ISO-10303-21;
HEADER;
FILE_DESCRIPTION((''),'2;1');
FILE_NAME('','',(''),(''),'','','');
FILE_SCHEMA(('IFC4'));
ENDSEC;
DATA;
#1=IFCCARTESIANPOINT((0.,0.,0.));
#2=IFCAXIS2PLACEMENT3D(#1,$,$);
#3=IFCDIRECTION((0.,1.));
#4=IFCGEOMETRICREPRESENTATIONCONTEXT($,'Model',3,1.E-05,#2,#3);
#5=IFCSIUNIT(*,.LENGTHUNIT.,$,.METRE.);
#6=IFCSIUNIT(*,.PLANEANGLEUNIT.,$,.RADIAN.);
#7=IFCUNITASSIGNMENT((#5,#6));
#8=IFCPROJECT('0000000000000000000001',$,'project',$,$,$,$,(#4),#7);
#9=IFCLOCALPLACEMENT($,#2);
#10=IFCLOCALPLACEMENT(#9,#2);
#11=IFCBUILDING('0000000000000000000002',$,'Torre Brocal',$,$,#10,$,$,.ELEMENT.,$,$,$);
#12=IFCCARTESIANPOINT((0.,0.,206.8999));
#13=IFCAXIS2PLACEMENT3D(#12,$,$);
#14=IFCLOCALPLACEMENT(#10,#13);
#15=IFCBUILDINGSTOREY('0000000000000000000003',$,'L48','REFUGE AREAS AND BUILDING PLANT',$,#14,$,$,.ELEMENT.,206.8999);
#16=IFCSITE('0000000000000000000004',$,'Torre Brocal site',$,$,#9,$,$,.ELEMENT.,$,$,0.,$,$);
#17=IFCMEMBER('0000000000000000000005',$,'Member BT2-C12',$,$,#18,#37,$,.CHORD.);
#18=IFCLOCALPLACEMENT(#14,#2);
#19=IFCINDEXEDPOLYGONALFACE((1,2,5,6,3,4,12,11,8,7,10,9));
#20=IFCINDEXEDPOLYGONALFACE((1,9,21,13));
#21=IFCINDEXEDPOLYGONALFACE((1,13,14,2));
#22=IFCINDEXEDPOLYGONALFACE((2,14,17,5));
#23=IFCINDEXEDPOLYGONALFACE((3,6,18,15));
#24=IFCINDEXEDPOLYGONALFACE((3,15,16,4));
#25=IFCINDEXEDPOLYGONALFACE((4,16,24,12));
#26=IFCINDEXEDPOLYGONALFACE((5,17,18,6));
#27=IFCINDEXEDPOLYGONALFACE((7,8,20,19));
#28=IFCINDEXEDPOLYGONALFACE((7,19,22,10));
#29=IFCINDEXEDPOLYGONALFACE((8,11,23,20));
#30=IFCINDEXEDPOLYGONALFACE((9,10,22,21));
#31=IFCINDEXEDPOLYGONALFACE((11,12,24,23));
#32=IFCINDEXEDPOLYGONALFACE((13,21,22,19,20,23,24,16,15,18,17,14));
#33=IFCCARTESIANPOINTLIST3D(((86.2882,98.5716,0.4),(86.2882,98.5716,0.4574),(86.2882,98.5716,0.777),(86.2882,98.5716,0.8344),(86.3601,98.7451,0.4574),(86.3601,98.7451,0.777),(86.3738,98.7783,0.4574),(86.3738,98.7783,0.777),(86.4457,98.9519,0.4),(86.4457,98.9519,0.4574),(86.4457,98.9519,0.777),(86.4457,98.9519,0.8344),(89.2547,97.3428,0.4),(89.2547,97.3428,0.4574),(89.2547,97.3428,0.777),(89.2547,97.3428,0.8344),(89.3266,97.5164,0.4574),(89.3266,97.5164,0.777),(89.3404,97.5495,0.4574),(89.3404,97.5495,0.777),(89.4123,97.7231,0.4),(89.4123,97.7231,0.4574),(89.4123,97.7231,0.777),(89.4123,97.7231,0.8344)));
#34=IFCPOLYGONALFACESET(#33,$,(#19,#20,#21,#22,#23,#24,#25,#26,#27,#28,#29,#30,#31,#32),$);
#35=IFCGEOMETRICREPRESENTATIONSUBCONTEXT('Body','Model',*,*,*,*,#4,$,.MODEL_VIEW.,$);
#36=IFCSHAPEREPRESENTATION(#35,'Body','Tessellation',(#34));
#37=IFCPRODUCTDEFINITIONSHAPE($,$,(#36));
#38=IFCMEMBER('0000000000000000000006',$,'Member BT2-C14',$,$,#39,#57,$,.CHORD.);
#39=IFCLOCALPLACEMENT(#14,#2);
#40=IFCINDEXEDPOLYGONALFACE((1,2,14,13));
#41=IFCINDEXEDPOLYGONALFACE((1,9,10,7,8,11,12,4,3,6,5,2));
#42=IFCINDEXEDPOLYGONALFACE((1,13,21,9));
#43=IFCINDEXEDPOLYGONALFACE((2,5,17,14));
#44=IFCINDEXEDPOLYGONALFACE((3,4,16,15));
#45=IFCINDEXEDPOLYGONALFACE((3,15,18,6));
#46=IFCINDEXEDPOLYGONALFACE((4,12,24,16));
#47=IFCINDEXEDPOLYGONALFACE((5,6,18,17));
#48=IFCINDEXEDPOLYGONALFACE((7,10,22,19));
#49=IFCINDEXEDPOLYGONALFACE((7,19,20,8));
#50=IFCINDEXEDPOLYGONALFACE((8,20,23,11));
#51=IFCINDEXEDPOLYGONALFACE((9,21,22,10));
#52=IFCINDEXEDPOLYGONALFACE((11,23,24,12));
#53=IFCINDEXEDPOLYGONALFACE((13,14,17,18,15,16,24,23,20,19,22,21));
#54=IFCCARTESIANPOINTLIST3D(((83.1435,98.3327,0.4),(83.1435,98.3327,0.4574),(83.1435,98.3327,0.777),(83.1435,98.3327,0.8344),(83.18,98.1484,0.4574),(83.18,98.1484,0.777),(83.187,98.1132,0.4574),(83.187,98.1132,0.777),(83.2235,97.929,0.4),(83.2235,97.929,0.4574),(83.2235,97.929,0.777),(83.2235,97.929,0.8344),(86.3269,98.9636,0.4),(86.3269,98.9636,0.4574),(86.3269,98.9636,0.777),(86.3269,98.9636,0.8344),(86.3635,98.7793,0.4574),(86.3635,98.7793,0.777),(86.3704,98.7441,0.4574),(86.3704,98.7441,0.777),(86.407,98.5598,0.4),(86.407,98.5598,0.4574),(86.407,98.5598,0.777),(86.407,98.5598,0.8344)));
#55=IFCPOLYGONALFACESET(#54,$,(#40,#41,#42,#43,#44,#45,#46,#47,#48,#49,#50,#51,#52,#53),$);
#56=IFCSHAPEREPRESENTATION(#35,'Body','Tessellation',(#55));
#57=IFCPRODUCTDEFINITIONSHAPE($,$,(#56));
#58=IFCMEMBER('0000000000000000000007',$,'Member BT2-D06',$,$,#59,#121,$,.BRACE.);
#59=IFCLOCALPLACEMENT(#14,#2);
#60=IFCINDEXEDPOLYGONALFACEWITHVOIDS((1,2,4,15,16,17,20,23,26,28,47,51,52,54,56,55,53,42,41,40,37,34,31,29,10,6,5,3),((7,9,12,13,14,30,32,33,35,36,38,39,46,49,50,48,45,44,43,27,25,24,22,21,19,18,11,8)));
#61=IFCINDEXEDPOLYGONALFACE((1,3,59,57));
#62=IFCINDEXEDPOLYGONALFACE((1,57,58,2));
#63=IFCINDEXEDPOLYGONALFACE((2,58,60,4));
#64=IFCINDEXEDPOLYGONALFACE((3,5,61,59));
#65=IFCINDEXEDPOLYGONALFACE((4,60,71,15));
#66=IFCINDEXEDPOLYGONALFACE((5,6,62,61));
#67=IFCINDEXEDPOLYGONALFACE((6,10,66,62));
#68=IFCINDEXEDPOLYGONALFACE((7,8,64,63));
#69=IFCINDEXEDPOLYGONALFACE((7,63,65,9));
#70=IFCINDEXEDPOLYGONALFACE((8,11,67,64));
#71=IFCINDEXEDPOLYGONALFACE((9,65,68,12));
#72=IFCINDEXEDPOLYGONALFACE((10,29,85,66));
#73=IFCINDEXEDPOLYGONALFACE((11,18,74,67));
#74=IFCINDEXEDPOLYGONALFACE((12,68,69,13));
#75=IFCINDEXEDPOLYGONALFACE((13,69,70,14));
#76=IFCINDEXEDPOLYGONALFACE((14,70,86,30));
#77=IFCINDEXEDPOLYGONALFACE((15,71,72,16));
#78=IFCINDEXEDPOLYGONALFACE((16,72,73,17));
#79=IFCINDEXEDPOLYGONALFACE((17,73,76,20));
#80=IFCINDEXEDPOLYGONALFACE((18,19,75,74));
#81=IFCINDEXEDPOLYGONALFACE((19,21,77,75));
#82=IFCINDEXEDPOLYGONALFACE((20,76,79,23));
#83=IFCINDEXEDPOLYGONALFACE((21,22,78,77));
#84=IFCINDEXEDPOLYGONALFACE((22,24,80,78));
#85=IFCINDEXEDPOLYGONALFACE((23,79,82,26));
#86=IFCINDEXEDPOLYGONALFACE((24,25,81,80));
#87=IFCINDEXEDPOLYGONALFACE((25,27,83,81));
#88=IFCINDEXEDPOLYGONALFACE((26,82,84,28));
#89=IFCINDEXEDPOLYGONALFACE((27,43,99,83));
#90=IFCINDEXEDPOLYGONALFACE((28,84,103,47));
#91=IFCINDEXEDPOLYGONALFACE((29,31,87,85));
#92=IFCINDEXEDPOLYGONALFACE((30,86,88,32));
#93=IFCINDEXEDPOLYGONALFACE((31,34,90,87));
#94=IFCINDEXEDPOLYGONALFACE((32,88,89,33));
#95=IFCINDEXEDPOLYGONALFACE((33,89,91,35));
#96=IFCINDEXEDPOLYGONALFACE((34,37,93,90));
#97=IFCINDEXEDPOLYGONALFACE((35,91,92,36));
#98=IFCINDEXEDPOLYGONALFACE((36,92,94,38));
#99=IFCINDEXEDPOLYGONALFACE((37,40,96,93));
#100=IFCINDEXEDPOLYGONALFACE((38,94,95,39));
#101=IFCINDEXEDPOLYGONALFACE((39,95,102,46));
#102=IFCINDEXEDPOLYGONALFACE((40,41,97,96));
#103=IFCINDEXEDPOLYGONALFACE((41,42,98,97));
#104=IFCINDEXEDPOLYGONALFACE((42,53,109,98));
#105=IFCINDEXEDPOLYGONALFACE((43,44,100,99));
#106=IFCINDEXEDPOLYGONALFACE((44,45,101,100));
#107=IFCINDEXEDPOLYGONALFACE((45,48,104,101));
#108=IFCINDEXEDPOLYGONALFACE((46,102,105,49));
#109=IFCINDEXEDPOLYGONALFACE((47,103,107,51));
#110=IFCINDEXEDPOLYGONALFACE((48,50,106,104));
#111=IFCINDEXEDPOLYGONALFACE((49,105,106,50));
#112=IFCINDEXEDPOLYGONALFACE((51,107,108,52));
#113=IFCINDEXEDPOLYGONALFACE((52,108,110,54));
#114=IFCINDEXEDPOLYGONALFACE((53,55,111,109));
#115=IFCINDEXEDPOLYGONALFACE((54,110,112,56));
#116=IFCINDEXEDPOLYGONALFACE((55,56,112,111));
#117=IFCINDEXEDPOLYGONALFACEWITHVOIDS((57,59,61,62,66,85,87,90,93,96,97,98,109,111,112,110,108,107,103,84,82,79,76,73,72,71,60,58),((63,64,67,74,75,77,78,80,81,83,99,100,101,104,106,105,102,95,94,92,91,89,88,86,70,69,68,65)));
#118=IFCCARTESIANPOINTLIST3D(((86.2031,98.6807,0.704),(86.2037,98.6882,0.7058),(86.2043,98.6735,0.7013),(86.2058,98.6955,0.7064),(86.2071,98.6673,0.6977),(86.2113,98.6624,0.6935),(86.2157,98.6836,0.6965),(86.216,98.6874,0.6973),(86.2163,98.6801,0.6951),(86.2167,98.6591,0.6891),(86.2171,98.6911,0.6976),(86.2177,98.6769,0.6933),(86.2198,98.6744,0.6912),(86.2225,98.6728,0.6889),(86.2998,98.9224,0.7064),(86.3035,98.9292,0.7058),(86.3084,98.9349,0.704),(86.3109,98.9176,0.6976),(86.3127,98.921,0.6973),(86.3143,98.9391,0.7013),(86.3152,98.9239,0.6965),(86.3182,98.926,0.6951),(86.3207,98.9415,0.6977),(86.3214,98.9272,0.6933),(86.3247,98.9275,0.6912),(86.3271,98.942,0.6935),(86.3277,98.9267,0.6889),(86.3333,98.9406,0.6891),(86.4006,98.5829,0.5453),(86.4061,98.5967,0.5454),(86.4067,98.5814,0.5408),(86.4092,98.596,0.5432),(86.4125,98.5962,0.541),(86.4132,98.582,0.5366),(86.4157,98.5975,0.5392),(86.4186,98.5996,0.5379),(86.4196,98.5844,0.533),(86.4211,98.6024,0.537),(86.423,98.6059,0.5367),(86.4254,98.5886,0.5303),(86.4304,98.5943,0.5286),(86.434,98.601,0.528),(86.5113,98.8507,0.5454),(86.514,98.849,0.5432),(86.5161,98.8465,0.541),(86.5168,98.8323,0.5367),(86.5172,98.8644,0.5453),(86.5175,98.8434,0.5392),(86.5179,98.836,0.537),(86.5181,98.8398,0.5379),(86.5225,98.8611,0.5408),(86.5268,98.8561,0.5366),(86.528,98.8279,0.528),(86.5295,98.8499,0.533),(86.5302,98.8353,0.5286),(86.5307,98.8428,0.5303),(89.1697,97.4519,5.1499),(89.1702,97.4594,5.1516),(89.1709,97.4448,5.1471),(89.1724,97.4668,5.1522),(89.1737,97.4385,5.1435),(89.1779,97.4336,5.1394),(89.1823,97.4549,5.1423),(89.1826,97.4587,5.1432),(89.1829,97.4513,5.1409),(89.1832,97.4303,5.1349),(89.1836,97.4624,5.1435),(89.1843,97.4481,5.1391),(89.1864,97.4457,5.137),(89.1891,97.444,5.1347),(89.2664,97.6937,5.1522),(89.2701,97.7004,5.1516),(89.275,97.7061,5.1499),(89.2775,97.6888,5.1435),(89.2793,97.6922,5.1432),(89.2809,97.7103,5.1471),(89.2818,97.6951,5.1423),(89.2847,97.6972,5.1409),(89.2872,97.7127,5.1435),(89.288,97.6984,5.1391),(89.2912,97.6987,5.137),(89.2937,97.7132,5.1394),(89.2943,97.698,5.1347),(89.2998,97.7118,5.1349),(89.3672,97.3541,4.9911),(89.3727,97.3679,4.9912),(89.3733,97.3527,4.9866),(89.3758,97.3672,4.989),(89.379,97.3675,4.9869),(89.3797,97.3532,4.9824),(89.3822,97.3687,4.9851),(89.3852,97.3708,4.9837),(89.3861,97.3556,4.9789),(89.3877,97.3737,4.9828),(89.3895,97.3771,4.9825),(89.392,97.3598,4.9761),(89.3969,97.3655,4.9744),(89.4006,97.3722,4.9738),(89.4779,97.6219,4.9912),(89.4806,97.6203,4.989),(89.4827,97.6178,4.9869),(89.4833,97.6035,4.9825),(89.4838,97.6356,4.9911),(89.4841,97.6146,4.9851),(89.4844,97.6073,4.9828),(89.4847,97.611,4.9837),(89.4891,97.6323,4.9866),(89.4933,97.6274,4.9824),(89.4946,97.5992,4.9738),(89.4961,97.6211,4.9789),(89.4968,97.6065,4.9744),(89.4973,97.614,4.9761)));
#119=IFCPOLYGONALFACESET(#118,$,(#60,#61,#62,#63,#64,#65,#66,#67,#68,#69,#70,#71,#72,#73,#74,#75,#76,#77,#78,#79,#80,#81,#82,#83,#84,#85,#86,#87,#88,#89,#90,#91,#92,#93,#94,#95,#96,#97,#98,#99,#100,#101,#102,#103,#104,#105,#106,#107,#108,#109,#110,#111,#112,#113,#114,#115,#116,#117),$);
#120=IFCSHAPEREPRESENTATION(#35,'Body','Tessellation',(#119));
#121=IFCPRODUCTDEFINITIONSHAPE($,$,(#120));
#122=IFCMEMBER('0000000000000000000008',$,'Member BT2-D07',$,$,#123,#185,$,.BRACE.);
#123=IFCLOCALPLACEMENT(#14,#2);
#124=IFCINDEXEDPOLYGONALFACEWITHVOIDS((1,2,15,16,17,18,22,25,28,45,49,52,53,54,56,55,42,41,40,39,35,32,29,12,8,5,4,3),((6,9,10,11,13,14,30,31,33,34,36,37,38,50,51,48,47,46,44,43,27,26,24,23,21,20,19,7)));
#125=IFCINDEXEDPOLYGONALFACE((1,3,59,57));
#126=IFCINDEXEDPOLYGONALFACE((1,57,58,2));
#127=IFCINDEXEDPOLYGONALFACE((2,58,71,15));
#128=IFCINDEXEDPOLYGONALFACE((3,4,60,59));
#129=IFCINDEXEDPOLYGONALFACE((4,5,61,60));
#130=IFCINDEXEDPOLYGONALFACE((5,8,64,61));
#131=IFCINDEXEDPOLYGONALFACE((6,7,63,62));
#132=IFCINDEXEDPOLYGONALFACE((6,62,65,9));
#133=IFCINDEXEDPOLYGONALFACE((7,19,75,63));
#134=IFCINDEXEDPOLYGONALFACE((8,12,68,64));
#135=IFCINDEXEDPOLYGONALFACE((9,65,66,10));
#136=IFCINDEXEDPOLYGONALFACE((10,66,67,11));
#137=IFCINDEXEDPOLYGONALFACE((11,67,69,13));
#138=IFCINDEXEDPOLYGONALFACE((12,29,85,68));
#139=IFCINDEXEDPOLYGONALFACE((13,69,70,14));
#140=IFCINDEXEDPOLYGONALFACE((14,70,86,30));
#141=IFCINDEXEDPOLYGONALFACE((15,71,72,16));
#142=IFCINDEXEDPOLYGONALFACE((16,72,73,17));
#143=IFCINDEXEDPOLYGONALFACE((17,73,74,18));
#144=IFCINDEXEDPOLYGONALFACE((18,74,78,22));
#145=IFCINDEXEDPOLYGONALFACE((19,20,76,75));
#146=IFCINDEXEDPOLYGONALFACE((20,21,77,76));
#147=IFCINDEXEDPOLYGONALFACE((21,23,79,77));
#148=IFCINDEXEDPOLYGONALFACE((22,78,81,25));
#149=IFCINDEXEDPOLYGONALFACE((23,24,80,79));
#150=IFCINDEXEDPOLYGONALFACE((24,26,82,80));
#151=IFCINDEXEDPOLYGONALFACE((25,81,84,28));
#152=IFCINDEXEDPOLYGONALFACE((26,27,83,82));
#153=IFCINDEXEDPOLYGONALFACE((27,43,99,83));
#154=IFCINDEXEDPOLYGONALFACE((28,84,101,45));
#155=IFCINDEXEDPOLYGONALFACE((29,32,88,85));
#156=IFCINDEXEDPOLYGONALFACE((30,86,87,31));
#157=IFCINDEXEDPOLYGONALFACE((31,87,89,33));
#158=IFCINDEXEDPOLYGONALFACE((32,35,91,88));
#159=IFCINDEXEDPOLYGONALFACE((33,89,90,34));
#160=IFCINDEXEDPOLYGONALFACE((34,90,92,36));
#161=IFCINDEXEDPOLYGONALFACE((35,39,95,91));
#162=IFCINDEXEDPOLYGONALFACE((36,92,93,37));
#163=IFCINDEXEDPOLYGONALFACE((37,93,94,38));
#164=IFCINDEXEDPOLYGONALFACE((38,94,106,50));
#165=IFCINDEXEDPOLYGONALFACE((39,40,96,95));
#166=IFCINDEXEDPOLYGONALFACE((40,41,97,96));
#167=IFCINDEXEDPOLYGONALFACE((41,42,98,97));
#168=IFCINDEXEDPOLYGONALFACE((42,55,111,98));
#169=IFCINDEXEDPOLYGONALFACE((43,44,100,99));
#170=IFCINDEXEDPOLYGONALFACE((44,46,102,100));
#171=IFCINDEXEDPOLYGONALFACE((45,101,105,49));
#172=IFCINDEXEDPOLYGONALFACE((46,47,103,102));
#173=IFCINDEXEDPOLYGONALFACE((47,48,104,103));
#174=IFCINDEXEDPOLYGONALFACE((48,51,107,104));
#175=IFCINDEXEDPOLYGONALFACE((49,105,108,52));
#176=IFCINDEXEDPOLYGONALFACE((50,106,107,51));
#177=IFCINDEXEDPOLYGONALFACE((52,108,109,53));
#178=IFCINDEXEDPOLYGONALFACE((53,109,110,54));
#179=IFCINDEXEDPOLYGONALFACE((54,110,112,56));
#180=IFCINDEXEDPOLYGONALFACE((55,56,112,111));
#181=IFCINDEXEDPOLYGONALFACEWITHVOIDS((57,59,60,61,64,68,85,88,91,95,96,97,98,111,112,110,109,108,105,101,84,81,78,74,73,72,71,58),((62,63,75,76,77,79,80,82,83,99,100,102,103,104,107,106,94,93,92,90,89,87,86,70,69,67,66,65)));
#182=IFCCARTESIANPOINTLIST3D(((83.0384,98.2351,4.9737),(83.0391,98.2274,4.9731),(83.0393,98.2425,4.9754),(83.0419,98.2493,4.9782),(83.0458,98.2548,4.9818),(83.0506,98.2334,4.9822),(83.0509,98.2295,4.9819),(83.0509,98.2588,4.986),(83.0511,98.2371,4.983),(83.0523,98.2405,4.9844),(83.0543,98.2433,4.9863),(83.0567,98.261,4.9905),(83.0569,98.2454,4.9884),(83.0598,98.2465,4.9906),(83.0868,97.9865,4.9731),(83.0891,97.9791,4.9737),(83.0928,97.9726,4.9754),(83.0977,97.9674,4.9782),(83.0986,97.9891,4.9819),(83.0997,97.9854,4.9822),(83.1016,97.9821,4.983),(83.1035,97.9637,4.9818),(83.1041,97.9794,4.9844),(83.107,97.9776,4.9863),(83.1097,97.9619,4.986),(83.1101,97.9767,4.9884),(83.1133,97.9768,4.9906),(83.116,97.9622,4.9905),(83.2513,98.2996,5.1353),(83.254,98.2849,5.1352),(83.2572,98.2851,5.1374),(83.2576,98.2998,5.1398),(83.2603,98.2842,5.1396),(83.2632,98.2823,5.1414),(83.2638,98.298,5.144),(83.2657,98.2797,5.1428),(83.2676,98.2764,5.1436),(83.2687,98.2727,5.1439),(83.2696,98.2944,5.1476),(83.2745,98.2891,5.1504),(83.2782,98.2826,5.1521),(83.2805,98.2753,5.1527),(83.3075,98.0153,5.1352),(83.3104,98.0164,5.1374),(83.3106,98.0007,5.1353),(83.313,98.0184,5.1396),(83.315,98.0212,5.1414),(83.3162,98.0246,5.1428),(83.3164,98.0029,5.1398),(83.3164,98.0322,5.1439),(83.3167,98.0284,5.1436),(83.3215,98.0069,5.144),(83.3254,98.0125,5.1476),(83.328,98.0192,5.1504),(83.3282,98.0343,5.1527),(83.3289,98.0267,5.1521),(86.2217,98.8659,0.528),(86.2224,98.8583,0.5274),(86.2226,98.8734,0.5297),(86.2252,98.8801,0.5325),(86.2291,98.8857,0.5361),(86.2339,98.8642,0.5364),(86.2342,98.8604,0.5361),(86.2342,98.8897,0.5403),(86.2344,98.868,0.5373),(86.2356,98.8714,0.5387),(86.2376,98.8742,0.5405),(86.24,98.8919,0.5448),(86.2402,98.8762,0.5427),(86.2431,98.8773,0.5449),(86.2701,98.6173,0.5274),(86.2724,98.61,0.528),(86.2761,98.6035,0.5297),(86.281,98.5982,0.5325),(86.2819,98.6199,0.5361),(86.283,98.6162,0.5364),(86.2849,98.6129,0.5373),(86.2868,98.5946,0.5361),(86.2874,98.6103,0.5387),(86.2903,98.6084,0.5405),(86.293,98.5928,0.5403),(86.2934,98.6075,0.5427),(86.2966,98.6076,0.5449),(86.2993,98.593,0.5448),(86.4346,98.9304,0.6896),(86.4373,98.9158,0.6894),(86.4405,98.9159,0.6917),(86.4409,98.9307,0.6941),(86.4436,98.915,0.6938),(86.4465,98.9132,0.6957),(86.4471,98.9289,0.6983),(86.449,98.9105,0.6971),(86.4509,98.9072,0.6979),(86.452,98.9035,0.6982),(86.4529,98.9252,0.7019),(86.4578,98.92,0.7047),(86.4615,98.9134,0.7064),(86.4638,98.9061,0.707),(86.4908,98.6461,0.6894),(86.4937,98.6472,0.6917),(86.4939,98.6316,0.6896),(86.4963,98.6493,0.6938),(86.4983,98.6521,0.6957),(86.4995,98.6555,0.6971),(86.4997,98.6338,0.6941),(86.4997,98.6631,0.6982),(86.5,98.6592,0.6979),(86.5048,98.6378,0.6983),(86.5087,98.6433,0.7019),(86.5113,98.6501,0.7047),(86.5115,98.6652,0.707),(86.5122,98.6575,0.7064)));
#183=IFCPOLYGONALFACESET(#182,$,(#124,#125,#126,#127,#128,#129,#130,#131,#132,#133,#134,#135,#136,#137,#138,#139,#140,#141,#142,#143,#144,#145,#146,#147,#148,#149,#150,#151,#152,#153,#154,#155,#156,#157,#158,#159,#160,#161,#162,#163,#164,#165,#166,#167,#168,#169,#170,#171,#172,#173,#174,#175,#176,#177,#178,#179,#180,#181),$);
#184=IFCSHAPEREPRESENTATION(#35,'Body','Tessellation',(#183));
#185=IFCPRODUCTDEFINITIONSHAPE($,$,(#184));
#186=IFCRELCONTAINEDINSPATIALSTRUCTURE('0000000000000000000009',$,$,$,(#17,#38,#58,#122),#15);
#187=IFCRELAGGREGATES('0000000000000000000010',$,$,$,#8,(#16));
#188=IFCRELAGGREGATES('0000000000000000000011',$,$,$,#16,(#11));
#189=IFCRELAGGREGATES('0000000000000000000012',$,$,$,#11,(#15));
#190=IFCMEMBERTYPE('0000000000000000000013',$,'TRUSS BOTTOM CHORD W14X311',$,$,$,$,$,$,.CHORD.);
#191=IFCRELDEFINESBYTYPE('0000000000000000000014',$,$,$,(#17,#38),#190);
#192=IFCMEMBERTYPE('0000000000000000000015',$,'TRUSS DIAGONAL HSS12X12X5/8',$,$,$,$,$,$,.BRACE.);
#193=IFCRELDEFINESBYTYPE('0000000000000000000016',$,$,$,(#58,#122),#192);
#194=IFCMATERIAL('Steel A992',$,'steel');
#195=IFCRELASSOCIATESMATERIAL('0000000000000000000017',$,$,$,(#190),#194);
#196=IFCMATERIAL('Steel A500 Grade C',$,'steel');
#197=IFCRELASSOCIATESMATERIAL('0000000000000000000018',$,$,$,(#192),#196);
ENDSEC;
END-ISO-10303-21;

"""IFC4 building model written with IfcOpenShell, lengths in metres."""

from ifc_helpers import new_model, si_unit, direction, frame, origin, origin_2d, place, context, subcontext, project, spatial, hollow_rectangle, i_section, extrude, material, material_profile, profile_set, type_object, element, save


model = new_model("IFC4")

# Units and contexts
model_context = context("Model", 3, precision=1e-05, world=origin(), true_north=direction((0.0, 1.0)))
body_context = subcontext(model_context, "Body", "Model", "MODEL_VIEW")
ifc_project = project(units=[si_unit("LENGTHUNIT", "METRE"), si_unit("PLANEANGLEUNIT", "RADIAN")], contexts=[model_context])

# Site, building, storey
site_placement = place(None, origin())
site = spatial("IfcSite", under=ifc_project, at=site_placement, Name="Torre Brocal site", CompositionType="ELEMENT", RefElevation=0.0)
building_placement = place(site_placement, origin())
building = spatial("IfcBuilding", under=site, at=building_placement, Name="Torre Brocal", CompositionType="ELEMENT")
storey_placement = place(building_placement, frame((0.0, 0.0, 206.8999)))
storey = spatial("IfcBuildingStorey", under=building, at=storey_placement, Name="L48", Description="REFUGE AREAS AND BUILDING PLANT", CompositionType="ELEMENT", Elevation=206.8999)

# Members
ifc_material_1 = material(Name="Steel A992", Category="steel")
ifc_material_profile_1 = material_profile(ifc_material_1, i_section(OverallWidth=0.4116, OverallDepth=0.4343, WebThickness=0.0359, FlangeThickness=0.0574, at=origin_2d()), Name="W14X311")
ifc_profile_set_1 = profile_set([ifc_material_profile_1], Name="Steel A992")
member_type_1 = type_object("IfcMemberType", Name="TRUSS BOTTOM CHORD W14X311", PredefinedType="CHORD", material=ifc_profile_set_1)
member_1_placement = place(storey_placement, frame((89.3335, 97.533, 0.6172), z_axis=(-0.923882, 0.382676, 0.0), x_axis=(-0.382676, -0.923882, 0.0)))
element("IfcMember", 1, at=member_1_placement, inside=storey, type_object=member_type_1, Name="Member BT2-C12", PredefinedType="CHORD", context=body_context, shape_type="SweptSolid", body=[
    extrude(i_section(OverallWidth=0.4116, OverallDepth=0.4343, WebThickness=0.0359, FlangeThickness=0.0574, at=origin_2d()), origin(), (0.0, 0.0, 1.0), 3.2109),
])
member_2_placement = place(storey_placement, frame((86.3669, 98.7617, 0.6172), z_axis=(-0.980923, -0.194394, 0.0), x_axis=(0.194394, -0.980923, 0.0)))
element("IfcMember", 2, at=member_2_placement, inside=storey, type_object=member_type_1, Name="Member BT2-C14", PredefinedType="CHORD", context=body_context, shape_type="SweptSolid", body=[
    extrude(i_section(OverallWidth=0.4116, OverallDepth=0.4343, WebThickness=0.0359, FlangeThickness=0.0574, at=origin_2d()), origin(), (0.0, 0.0, 1.0), 3.2454),
])
ifc_material_2 = material(Name="Steel A500 Grade C", Category="steel")
ifc_material_profile_2 = material_profile(ifc_material_2, hollow_rectangle(XDim=0.3047, YDim=0.3047, WallThickness=0.0149, InnerFilletRadius=0.0149, OuterFilletRadius=0.0295, at=origin_2d()), Name="HSS12X12X5/8")
ifc_profile_set_2 = profile_set([ifc_material_profile_2], Name="Steel A500 Grade C")
member_type_2 = type_object("IfcMemberType", Name="TRUSS DIAGONAL HSS12X12X5/8", PredefinedType="BRACE", material=ifc_profile_set_2)
member_3_placement = place(storey_placement, frame((89.3335, 97.533, 5.063), z_axis=(-0.540936, 0.224058, -0.81067), x_axis=(-0.382676, -0.923882, 0.0)))
element("IfcMember", 3, at=member_3_placement, inside=storey, type_object=member_type_2, Name="Member BT2-D06", PredefinedType="BRACE", context=body_context, shape_type="SweptSolid", body=[
    extrude(hollow_rectangle(XDim=0.3047, YDim=0.3047, WallThickness=0.0149, InnerFilletRadius=0.0149, OuterFilletRadius=0.0295, at=origin_2d()), origin(), (0.0, 0.0, 1.0), 5.4841),
])
member_4_placement = place(storey_placement, frame((86.3669, 98.7617, 0.6172), z_axis=(-0.578343, -0.114613, 0.807702), x_axis=(0.194394, -0.980923, 0.0)))
element("IfcMember", 4, at=member_4_placement, inside=storey, type_object=member_type_2, Name="Member BT2-D07", PredefinedType="BRACE", context=body_context, shape_type="SweptSolid", body=[
    extrude(hollow_rectangle(XDim=0.3047, YDim=0.3047, WallThickness=0.0149, InnerFilletRadius=0.0149, OuterFilletRadius=0.0295, at=origin_2d()), origin(), (0.0, 0.0, 1.0), 5.5042),
])

save(model, "model.ifc")
